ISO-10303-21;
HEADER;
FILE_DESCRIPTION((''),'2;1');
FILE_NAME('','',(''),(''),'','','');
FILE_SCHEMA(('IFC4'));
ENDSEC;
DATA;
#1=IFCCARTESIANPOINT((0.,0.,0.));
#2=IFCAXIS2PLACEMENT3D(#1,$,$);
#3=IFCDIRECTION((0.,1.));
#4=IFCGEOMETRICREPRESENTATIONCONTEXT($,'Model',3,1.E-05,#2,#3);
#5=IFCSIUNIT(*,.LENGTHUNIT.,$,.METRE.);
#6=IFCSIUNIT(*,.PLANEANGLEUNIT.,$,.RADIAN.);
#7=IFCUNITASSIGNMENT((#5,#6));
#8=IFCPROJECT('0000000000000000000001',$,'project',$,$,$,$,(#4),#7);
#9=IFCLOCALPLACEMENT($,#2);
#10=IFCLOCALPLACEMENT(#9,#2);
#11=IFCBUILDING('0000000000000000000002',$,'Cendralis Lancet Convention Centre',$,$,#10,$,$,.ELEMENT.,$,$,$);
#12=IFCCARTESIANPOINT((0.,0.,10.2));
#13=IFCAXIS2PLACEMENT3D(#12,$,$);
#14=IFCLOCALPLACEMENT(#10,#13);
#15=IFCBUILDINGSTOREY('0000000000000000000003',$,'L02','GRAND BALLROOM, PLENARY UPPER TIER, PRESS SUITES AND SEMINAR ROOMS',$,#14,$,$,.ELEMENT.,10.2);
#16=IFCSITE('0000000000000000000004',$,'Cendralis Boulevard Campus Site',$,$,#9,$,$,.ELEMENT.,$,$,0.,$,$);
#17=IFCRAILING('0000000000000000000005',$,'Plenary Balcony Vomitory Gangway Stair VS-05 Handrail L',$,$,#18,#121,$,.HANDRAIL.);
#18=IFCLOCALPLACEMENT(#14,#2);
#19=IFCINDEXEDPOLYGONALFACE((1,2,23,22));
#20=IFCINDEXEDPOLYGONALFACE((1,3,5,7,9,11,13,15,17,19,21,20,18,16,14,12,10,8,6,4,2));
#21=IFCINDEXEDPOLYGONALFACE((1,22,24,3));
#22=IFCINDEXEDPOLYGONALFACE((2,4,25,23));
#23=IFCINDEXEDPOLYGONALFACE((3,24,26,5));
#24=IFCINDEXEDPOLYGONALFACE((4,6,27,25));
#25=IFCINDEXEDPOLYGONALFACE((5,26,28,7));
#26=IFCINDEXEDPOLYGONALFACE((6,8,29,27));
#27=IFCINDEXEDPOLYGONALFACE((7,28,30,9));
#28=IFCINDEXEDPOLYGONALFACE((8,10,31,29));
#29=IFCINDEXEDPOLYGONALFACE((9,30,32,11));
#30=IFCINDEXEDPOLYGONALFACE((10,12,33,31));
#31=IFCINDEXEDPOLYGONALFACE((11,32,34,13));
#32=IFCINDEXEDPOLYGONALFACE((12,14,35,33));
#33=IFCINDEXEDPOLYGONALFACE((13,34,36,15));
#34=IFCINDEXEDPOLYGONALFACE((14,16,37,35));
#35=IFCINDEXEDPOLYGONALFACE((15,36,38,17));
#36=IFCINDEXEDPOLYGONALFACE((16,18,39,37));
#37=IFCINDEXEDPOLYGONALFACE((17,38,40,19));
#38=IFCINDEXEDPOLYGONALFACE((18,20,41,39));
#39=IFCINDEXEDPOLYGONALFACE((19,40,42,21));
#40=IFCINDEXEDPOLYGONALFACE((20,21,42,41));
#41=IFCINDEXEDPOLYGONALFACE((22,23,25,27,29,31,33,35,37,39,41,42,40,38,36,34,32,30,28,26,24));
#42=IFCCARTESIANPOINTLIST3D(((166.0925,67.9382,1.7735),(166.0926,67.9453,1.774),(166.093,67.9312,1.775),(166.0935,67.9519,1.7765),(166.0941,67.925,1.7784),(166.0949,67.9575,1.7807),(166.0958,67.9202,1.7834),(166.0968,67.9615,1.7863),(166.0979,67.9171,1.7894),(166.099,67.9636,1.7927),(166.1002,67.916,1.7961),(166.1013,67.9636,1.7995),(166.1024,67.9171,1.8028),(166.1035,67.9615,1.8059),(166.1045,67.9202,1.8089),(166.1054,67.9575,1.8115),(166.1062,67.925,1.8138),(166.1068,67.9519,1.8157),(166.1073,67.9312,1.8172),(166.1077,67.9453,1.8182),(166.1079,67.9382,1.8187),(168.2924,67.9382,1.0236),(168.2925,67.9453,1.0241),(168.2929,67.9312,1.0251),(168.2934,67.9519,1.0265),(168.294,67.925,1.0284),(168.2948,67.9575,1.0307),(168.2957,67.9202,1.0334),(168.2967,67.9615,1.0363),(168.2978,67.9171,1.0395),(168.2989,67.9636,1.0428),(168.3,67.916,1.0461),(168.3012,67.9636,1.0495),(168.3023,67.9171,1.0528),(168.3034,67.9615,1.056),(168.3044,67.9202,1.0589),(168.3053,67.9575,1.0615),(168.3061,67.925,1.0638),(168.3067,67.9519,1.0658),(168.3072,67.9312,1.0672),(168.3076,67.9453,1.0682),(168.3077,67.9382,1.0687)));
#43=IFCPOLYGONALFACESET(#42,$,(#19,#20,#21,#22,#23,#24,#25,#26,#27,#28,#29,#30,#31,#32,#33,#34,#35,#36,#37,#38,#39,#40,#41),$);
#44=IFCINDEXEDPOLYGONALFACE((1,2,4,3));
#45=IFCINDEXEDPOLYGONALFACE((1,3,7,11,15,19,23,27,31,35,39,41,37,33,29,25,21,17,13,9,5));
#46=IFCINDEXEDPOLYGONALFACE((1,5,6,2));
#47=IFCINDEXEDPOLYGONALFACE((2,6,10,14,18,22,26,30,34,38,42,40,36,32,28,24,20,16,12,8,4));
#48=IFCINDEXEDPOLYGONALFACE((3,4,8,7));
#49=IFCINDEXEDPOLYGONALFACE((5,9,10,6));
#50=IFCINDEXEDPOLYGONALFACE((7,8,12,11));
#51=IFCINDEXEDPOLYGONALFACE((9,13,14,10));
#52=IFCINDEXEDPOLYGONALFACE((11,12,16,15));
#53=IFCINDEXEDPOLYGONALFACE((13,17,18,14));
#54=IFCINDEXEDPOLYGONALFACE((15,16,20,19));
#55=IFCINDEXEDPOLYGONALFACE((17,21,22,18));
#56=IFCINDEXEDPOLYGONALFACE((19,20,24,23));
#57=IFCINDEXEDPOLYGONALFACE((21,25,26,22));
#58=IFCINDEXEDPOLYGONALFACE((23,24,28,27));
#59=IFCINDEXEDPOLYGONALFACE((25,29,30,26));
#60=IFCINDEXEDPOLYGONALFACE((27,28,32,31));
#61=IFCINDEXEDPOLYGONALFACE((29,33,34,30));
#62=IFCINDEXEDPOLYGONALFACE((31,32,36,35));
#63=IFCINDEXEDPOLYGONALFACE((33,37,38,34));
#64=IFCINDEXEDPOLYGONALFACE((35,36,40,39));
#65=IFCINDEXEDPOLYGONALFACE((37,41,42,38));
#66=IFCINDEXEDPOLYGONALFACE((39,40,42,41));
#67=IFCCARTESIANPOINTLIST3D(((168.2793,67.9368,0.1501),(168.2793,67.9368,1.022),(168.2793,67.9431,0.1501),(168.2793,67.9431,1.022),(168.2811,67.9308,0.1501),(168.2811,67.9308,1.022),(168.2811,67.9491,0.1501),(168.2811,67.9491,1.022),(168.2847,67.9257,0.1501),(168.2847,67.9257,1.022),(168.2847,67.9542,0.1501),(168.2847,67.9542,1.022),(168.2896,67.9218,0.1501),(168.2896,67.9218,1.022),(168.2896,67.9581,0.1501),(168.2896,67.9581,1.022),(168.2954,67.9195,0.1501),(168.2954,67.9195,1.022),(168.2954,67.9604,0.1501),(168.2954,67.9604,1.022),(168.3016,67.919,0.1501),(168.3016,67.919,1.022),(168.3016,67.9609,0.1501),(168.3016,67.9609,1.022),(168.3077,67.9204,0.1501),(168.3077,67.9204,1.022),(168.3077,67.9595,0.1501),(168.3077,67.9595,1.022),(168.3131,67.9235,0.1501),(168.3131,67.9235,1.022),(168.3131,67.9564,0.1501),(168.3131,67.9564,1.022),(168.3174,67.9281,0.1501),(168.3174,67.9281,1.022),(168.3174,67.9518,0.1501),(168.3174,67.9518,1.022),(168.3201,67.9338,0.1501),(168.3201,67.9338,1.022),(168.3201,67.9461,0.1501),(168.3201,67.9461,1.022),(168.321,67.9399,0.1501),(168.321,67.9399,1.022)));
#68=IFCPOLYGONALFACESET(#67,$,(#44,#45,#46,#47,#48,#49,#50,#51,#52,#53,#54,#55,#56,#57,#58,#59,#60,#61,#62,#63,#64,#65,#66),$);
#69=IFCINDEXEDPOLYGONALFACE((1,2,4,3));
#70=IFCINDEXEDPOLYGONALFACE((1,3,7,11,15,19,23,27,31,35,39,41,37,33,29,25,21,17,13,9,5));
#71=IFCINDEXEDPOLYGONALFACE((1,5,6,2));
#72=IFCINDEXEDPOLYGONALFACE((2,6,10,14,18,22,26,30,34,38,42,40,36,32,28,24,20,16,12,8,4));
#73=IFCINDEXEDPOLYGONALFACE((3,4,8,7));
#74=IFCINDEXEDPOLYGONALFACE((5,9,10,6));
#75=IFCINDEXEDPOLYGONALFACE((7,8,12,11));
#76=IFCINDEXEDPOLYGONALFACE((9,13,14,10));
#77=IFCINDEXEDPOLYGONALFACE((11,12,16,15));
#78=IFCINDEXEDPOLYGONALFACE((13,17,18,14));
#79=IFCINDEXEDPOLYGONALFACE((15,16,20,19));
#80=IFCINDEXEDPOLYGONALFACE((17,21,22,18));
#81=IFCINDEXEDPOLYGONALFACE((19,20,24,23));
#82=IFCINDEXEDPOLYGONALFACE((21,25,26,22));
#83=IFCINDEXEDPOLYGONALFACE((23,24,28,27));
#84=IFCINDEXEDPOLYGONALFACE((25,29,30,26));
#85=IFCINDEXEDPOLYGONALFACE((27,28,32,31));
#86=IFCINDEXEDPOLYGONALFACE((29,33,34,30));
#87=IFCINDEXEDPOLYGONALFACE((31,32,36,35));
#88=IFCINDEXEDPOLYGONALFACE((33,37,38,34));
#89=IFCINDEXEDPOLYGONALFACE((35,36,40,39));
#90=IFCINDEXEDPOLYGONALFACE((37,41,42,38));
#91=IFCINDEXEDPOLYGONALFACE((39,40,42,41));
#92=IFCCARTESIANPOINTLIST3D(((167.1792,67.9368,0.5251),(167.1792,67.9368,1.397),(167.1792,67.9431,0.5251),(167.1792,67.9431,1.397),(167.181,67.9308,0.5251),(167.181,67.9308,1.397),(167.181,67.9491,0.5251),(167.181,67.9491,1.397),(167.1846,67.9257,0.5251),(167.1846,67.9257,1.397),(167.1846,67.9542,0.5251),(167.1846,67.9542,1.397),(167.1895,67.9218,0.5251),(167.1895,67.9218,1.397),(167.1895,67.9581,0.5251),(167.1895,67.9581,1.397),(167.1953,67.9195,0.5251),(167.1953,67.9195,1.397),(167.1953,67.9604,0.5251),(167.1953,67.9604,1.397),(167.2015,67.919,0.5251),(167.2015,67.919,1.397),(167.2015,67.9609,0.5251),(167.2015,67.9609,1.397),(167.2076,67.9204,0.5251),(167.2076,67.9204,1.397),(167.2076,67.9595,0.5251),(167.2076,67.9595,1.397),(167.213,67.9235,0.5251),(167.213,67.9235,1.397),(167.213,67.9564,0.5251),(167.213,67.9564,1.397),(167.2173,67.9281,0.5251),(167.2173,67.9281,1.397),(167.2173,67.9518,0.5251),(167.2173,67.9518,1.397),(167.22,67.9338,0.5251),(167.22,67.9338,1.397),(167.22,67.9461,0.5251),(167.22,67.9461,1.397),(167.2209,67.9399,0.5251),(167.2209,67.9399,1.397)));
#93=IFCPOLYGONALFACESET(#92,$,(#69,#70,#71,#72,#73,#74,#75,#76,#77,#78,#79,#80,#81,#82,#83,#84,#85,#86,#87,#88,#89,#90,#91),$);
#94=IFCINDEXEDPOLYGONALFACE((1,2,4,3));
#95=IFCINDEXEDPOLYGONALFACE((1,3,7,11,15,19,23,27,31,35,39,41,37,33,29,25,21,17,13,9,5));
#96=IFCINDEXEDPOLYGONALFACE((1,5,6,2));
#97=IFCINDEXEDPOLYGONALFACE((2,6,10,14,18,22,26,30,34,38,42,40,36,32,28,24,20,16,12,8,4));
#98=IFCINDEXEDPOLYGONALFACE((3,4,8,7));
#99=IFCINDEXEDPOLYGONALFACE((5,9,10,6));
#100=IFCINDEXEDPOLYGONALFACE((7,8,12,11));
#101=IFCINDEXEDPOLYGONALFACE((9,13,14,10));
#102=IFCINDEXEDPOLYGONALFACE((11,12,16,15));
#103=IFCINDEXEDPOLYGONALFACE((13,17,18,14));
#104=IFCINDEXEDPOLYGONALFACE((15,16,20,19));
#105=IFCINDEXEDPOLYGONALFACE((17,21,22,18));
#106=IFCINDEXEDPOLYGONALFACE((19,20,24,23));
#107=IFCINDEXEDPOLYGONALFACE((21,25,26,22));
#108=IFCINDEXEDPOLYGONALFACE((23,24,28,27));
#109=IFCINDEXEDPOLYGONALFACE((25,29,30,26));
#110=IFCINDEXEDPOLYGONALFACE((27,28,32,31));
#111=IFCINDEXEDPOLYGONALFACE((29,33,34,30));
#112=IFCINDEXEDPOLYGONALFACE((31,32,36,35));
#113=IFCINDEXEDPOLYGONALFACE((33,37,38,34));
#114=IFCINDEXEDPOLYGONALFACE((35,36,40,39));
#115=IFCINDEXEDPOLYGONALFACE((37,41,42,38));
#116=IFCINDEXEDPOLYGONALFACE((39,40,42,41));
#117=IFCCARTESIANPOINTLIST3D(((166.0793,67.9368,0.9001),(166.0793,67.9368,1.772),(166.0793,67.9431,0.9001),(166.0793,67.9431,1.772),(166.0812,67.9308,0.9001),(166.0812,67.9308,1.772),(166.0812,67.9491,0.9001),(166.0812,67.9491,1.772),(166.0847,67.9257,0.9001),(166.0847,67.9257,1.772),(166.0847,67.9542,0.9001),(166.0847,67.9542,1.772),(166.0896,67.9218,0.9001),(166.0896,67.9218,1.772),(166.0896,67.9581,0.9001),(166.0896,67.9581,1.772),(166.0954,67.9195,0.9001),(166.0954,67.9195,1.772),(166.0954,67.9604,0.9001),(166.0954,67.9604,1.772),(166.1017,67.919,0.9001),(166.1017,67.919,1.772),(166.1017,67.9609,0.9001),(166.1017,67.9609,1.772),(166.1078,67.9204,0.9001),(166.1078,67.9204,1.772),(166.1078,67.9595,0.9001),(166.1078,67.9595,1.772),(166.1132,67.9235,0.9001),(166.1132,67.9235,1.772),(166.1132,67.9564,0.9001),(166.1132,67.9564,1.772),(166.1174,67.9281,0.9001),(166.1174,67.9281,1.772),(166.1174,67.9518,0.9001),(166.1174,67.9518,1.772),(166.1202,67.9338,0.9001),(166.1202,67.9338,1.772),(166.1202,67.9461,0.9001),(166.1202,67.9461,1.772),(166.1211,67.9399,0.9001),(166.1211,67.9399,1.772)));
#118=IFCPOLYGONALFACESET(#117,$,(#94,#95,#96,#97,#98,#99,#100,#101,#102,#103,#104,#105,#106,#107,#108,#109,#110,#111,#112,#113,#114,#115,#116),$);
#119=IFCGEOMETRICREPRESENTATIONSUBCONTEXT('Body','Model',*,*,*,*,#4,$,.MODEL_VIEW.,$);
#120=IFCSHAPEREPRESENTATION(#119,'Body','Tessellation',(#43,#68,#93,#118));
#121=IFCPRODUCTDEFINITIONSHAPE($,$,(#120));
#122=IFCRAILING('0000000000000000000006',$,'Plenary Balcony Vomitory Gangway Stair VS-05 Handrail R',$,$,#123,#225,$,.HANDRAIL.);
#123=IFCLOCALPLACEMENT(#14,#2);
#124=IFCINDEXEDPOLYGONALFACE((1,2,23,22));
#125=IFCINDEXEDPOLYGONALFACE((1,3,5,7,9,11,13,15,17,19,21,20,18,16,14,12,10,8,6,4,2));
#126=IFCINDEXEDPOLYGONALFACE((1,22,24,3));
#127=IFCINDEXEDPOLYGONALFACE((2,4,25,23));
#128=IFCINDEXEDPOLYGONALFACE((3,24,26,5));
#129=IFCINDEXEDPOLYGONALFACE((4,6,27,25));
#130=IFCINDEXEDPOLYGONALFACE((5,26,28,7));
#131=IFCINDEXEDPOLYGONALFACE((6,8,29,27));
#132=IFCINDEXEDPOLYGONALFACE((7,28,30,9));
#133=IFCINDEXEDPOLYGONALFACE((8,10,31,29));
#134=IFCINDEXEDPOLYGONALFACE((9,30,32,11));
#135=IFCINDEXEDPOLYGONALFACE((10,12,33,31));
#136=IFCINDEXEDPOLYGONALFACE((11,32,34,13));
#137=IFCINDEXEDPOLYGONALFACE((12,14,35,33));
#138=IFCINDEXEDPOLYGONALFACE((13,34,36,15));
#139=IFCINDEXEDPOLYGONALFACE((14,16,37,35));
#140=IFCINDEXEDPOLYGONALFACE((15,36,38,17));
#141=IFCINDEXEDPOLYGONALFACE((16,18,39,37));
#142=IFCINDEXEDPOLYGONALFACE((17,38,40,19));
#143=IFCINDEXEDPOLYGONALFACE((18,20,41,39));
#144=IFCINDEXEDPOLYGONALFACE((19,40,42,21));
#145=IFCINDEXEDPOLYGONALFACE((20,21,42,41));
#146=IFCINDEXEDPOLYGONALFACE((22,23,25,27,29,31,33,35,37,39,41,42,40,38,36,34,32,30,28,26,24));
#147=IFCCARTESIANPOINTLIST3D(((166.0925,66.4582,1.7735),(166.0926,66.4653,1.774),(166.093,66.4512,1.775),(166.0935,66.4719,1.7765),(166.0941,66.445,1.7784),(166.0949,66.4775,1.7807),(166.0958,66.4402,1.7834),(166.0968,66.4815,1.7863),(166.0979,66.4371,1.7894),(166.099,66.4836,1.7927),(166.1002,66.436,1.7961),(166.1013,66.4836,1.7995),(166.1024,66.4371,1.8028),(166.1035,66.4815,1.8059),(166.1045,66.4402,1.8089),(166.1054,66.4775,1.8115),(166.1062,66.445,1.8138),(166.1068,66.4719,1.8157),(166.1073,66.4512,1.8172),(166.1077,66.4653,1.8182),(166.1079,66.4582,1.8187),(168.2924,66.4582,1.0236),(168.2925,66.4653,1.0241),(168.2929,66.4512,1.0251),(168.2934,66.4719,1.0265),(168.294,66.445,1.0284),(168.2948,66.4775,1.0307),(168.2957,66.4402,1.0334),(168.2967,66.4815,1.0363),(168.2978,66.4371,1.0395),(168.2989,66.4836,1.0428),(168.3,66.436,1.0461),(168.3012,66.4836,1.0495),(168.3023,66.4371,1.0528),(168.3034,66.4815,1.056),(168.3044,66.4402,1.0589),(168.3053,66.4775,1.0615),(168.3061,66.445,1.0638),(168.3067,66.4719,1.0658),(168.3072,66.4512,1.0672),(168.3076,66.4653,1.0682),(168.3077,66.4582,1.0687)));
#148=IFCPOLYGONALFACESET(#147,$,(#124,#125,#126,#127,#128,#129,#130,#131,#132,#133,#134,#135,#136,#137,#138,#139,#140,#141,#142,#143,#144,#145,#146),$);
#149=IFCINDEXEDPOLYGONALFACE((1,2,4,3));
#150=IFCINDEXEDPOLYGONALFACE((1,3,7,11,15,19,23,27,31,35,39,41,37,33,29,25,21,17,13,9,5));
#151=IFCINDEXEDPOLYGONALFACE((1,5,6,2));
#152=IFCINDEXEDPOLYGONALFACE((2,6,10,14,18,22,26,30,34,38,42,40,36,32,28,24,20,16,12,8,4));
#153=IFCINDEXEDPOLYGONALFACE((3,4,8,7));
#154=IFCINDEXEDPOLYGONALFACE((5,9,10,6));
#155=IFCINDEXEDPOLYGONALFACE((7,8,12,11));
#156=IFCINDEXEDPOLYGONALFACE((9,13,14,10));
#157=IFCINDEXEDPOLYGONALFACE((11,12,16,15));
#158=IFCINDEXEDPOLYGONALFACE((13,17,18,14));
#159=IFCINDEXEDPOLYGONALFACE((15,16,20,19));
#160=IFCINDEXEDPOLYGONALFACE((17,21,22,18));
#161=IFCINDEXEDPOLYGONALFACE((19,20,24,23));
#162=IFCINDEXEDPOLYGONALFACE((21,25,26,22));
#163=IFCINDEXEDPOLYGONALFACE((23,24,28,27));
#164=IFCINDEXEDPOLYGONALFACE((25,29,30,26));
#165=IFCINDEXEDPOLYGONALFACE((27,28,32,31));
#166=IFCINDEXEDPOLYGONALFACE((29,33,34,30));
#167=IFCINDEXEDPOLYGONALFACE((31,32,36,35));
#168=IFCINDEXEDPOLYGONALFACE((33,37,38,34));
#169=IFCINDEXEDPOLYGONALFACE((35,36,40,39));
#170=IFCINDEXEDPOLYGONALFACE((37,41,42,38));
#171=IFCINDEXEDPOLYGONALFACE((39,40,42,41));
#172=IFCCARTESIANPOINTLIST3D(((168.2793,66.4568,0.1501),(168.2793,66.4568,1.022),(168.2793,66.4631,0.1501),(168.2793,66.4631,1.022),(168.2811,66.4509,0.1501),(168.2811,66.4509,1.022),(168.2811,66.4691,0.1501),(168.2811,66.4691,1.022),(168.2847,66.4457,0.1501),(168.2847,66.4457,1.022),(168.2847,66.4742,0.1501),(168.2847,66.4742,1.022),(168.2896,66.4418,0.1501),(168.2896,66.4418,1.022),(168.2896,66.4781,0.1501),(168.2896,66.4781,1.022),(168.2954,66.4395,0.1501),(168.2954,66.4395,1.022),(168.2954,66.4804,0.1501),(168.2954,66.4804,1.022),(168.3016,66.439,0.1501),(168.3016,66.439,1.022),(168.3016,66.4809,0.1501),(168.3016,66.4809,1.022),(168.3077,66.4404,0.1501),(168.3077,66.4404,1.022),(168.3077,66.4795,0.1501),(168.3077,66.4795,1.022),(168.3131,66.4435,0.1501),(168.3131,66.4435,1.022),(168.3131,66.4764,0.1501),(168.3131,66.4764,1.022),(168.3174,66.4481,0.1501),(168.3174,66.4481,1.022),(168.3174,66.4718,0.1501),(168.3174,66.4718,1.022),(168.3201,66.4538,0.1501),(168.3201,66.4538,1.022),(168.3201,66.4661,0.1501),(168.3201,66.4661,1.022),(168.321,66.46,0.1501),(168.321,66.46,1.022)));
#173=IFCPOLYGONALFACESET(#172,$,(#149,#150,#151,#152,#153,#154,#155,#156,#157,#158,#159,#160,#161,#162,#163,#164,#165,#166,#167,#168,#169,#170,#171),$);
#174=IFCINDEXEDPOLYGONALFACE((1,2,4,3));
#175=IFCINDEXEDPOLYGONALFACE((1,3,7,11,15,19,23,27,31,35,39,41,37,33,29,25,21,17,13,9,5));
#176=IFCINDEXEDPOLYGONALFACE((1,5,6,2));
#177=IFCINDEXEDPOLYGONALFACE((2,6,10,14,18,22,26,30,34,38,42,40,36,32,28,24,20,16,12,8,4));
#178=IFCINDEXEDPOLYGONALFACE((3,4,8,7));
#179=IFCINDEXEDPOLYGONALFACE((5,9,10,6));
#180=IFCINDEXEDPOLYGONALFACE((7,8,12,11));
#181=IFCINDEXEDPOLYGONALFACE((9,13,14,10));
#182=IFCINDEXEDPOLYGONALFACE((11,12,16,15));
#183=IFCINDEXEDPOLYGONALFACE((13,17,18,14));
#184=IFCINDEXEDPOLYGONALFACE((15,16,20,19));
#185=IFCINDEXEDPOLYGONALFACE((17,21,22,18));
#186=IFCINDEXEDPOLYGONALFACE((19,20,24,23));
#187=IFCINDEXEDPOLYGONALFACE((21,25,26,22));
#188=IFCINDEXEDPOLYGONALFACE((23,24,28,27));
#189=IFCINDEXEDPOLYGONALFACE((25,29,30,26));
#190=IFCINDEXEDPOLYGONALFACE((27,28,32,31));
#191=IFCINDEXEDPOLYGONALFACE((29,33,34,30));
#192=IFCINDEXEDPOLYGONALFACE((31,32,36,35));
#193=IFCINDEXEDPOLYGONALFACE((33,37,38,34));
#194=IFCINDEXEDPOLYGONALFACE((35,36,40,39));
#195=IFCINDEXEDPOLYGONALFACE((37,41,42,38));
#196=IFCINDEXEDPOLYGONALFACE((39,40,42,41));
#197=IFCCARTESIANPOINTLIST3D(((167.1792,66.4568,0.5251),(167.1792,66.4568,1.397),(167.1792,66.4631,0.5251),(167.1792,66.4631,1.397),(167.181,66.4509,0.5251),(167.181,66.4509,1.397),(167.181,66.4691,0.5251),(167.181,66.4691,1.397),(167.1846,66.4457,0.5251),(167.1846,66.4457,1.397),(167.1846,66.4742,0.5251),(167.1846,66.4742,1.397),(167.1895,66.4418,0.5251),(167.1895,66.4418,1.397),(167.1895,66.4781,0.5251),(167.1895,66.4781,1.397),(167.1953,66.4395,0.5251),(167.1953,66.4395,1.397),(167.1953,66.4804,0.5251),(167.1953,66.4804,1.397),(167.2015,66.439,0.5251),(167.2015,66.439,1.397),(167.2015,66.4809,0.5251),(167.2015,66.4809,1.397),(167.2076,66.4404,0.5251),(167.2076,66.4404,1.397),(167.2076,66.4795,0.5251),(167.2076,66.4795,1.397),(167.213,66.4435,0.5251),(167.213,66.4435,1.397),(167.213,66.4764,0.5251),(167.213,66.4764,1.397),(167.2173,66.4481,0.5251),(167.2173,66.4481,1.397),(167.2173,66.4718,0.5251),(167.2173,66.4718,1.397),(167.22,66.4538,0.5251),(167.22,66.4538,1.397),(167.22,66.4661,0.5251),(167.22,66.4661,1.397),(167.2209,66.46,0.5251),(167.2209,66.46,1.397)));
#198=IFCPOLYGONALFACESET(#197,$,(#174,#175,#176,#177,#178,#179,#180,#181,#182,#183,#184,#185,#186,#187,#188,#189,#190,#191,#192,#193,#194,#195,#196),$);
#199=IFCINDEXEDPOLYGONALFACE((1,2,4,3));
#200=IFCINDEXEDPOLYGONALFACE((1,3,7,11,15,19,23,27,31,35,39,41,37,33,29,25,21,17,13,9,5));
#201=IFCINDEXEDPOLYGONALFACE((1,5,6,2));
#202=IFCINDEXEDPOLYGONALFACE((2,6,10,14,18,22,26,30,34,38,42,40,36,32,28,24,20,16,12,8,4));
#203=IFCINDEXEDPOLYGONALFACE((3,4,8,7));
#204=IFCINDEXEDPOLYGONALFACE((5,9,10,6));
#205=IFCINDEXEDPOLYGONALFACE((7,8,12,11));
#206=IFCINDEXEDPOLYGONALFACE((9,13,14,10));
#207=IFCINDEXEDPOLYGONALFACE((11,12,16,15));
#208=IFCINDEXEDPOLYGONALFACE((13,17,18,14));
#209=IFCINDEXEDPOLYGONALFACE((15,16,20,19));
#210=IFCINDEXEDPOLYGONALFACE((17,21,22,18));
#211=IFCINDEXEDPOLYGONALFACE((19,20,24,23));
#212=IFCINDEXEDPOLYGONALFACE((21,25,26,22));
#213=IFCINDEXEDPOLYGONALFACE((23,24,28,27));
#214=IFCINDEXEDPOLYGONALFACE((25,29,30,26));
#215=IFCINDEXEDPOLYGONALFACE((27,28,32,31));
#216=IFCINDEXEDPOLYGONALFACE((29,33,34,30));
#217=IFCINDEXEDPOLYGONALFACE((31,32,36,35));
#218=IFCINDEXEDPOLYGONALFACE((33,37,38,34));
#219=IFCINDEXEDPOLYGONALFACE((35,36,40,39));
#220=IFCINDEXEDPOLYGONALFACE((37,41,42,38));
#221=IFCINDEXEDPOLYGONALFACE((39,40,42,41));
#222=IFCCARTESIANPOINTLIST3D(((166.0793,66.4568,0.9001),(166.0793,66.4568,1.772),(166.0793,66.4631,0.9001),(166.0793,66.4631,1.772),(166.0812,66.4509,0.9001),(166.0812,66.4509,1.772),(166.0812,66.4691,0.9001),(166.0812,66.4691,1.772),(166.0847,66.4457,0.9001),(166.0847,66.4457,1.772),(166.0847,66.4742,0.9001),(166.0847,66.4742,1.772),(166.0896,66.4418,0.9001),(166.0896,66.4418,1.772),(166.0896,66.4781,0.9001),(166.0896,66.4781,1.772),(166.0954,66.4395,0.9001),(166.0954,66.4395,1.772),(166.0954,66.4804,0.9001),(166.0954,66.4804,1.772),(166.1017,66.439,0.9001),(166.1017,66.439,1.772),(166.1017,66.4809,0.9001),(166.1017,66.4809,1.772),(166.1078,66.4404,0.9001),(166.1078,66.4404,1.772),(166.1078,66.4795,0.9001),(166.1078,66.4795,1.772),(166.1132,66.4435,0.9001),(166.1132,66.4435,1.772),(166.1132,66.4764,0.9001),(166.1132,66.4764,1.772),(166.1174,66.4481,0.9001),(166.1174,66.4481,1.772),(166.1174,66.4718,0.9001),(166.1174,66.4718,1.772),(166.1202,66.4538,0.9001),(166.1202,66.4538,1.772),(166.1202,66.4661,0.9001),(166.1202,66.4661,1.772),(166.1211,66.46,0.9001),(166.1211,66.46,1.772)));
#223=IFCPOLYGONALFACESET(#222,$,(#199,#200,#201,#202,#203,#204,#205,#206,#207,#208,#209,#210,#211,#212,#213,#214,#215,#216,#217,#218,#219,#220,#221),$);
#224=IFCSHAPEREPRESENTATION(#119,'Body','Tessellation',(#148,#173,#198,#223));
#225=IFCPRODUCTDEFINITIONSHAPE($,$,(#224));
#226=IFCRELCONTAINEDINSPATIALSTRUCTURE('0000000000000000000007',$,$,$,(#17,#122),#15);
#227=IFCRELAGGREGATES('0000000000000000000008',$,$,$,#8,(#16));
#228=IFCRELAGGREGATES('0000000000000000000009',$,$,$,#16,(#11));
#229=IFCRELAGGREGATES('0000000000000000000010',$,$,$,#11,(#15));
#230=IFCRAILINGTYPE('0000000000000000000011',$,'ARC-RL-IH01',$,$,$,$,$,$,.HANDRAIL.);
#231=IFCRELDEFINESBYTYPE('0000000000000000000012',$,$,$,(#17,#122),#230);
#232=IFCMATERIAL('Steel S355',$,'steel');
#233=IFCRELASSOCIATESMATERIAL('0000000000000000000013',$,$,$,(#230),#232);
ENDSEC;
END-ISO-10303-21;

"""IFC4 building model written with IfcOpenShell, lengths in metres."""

from ifc_helpers import new_model, si_unit, direction, frame, origin, origin_2d, place, context, subcontext, project, spatial, circle, extrude, material, type_object, element, save


model = new_model("IFC4")

# Units and contexts
model_context = context("Model", 3, precision=1e-05, world=origin(), true_north=direction((0.0, 1.0)))
body_context = subcontext(model_context, "Body", "Model", "MODEL_VIEW")
ifc_project = project(units=[si_unit("LENGTHUNIT", "METRE"), si_unit("PLANEANGLEUNIT", "RADIAN")], contexts=[model_context])

# Site, building, storey
site_placement = place(None, origin())
site = spatial("IfcSite", under=ifc_project, at=site_placement, Name="Cendralis Boulevard Campus Site", CompositionType="ELEMENT", RefElevation=0.0)
building_placement = place(site_placement, origin())
building = spatial("IfcBuilding", under=site, at=building_placement, Name="Cendralis Lancet Convention Centre", CompositionType="ELEMENT")
storey_placement = place(building_placement, frame((0.0, 0.0, 10.2)))
storey = spatial("IfcBuildingStorey", under=building, at=storey_placement, Name="L02", Description="GRAND BALLROOM, PLENARY UPPER TIER, PRESS SUITES AND SEMINAR ROOMS", CompositionType="ELEMENT", Elevation=10.2)

# Shared definitions
ifc_material_1 = material(Name="Steel S355", Category="steel")

# Railings
railing_type_1 = type_object("IfcRailingType", Name="ARC-RL-IH01", PredefinedType="HANDRAIL", material=ifc_material_1)
for number, where, name in (
    (1, (168.3, 67.9399, 0.1501), "Plenary Balcony Vomitory Gangway Stair VS-05 Handrail L"),
    (2, (168.3, 66.46, 0.1501), "Plenary Balcony Vomitory Gangway Stair VS-05 Handrail R"),
):
    element("IfcRailing", number, at=place(storey_placement, frame(where)), inside=storey, type_object=railing_type_1, Name=name, PredefinedType="HANDRAIL", context=body_context, shape_type="SweptSolid", body=[
        extrude(circle(Radius=0.0239, at=origin_2d()), frame((0.0, 0.0, 0.896), z_axis=(-0.946508, 0.0, 0.32268), x_axis=(0.0, -1.0, 0.0)), (0.0, 0.0, 1.0), 2.3242),
        extrude(circle(Radius=0.021, at=origin_2d()), origin(), (0.0, 0.0, 1.0), 0.8718),
        extrude(circle(Radius=0.021, at=origin_2d()), frame((-1.1001, 0.0, 0.375)), (0.0, 0.0, 1.0), 0.8718),
        extrude(circle(Radius=0.021, at=origin_2d()), frame((-2.2, 0.0, 0.75)), (0.0, 0.0, 1.0), 0.8718),
    ])

save(model, "model.ifc")
